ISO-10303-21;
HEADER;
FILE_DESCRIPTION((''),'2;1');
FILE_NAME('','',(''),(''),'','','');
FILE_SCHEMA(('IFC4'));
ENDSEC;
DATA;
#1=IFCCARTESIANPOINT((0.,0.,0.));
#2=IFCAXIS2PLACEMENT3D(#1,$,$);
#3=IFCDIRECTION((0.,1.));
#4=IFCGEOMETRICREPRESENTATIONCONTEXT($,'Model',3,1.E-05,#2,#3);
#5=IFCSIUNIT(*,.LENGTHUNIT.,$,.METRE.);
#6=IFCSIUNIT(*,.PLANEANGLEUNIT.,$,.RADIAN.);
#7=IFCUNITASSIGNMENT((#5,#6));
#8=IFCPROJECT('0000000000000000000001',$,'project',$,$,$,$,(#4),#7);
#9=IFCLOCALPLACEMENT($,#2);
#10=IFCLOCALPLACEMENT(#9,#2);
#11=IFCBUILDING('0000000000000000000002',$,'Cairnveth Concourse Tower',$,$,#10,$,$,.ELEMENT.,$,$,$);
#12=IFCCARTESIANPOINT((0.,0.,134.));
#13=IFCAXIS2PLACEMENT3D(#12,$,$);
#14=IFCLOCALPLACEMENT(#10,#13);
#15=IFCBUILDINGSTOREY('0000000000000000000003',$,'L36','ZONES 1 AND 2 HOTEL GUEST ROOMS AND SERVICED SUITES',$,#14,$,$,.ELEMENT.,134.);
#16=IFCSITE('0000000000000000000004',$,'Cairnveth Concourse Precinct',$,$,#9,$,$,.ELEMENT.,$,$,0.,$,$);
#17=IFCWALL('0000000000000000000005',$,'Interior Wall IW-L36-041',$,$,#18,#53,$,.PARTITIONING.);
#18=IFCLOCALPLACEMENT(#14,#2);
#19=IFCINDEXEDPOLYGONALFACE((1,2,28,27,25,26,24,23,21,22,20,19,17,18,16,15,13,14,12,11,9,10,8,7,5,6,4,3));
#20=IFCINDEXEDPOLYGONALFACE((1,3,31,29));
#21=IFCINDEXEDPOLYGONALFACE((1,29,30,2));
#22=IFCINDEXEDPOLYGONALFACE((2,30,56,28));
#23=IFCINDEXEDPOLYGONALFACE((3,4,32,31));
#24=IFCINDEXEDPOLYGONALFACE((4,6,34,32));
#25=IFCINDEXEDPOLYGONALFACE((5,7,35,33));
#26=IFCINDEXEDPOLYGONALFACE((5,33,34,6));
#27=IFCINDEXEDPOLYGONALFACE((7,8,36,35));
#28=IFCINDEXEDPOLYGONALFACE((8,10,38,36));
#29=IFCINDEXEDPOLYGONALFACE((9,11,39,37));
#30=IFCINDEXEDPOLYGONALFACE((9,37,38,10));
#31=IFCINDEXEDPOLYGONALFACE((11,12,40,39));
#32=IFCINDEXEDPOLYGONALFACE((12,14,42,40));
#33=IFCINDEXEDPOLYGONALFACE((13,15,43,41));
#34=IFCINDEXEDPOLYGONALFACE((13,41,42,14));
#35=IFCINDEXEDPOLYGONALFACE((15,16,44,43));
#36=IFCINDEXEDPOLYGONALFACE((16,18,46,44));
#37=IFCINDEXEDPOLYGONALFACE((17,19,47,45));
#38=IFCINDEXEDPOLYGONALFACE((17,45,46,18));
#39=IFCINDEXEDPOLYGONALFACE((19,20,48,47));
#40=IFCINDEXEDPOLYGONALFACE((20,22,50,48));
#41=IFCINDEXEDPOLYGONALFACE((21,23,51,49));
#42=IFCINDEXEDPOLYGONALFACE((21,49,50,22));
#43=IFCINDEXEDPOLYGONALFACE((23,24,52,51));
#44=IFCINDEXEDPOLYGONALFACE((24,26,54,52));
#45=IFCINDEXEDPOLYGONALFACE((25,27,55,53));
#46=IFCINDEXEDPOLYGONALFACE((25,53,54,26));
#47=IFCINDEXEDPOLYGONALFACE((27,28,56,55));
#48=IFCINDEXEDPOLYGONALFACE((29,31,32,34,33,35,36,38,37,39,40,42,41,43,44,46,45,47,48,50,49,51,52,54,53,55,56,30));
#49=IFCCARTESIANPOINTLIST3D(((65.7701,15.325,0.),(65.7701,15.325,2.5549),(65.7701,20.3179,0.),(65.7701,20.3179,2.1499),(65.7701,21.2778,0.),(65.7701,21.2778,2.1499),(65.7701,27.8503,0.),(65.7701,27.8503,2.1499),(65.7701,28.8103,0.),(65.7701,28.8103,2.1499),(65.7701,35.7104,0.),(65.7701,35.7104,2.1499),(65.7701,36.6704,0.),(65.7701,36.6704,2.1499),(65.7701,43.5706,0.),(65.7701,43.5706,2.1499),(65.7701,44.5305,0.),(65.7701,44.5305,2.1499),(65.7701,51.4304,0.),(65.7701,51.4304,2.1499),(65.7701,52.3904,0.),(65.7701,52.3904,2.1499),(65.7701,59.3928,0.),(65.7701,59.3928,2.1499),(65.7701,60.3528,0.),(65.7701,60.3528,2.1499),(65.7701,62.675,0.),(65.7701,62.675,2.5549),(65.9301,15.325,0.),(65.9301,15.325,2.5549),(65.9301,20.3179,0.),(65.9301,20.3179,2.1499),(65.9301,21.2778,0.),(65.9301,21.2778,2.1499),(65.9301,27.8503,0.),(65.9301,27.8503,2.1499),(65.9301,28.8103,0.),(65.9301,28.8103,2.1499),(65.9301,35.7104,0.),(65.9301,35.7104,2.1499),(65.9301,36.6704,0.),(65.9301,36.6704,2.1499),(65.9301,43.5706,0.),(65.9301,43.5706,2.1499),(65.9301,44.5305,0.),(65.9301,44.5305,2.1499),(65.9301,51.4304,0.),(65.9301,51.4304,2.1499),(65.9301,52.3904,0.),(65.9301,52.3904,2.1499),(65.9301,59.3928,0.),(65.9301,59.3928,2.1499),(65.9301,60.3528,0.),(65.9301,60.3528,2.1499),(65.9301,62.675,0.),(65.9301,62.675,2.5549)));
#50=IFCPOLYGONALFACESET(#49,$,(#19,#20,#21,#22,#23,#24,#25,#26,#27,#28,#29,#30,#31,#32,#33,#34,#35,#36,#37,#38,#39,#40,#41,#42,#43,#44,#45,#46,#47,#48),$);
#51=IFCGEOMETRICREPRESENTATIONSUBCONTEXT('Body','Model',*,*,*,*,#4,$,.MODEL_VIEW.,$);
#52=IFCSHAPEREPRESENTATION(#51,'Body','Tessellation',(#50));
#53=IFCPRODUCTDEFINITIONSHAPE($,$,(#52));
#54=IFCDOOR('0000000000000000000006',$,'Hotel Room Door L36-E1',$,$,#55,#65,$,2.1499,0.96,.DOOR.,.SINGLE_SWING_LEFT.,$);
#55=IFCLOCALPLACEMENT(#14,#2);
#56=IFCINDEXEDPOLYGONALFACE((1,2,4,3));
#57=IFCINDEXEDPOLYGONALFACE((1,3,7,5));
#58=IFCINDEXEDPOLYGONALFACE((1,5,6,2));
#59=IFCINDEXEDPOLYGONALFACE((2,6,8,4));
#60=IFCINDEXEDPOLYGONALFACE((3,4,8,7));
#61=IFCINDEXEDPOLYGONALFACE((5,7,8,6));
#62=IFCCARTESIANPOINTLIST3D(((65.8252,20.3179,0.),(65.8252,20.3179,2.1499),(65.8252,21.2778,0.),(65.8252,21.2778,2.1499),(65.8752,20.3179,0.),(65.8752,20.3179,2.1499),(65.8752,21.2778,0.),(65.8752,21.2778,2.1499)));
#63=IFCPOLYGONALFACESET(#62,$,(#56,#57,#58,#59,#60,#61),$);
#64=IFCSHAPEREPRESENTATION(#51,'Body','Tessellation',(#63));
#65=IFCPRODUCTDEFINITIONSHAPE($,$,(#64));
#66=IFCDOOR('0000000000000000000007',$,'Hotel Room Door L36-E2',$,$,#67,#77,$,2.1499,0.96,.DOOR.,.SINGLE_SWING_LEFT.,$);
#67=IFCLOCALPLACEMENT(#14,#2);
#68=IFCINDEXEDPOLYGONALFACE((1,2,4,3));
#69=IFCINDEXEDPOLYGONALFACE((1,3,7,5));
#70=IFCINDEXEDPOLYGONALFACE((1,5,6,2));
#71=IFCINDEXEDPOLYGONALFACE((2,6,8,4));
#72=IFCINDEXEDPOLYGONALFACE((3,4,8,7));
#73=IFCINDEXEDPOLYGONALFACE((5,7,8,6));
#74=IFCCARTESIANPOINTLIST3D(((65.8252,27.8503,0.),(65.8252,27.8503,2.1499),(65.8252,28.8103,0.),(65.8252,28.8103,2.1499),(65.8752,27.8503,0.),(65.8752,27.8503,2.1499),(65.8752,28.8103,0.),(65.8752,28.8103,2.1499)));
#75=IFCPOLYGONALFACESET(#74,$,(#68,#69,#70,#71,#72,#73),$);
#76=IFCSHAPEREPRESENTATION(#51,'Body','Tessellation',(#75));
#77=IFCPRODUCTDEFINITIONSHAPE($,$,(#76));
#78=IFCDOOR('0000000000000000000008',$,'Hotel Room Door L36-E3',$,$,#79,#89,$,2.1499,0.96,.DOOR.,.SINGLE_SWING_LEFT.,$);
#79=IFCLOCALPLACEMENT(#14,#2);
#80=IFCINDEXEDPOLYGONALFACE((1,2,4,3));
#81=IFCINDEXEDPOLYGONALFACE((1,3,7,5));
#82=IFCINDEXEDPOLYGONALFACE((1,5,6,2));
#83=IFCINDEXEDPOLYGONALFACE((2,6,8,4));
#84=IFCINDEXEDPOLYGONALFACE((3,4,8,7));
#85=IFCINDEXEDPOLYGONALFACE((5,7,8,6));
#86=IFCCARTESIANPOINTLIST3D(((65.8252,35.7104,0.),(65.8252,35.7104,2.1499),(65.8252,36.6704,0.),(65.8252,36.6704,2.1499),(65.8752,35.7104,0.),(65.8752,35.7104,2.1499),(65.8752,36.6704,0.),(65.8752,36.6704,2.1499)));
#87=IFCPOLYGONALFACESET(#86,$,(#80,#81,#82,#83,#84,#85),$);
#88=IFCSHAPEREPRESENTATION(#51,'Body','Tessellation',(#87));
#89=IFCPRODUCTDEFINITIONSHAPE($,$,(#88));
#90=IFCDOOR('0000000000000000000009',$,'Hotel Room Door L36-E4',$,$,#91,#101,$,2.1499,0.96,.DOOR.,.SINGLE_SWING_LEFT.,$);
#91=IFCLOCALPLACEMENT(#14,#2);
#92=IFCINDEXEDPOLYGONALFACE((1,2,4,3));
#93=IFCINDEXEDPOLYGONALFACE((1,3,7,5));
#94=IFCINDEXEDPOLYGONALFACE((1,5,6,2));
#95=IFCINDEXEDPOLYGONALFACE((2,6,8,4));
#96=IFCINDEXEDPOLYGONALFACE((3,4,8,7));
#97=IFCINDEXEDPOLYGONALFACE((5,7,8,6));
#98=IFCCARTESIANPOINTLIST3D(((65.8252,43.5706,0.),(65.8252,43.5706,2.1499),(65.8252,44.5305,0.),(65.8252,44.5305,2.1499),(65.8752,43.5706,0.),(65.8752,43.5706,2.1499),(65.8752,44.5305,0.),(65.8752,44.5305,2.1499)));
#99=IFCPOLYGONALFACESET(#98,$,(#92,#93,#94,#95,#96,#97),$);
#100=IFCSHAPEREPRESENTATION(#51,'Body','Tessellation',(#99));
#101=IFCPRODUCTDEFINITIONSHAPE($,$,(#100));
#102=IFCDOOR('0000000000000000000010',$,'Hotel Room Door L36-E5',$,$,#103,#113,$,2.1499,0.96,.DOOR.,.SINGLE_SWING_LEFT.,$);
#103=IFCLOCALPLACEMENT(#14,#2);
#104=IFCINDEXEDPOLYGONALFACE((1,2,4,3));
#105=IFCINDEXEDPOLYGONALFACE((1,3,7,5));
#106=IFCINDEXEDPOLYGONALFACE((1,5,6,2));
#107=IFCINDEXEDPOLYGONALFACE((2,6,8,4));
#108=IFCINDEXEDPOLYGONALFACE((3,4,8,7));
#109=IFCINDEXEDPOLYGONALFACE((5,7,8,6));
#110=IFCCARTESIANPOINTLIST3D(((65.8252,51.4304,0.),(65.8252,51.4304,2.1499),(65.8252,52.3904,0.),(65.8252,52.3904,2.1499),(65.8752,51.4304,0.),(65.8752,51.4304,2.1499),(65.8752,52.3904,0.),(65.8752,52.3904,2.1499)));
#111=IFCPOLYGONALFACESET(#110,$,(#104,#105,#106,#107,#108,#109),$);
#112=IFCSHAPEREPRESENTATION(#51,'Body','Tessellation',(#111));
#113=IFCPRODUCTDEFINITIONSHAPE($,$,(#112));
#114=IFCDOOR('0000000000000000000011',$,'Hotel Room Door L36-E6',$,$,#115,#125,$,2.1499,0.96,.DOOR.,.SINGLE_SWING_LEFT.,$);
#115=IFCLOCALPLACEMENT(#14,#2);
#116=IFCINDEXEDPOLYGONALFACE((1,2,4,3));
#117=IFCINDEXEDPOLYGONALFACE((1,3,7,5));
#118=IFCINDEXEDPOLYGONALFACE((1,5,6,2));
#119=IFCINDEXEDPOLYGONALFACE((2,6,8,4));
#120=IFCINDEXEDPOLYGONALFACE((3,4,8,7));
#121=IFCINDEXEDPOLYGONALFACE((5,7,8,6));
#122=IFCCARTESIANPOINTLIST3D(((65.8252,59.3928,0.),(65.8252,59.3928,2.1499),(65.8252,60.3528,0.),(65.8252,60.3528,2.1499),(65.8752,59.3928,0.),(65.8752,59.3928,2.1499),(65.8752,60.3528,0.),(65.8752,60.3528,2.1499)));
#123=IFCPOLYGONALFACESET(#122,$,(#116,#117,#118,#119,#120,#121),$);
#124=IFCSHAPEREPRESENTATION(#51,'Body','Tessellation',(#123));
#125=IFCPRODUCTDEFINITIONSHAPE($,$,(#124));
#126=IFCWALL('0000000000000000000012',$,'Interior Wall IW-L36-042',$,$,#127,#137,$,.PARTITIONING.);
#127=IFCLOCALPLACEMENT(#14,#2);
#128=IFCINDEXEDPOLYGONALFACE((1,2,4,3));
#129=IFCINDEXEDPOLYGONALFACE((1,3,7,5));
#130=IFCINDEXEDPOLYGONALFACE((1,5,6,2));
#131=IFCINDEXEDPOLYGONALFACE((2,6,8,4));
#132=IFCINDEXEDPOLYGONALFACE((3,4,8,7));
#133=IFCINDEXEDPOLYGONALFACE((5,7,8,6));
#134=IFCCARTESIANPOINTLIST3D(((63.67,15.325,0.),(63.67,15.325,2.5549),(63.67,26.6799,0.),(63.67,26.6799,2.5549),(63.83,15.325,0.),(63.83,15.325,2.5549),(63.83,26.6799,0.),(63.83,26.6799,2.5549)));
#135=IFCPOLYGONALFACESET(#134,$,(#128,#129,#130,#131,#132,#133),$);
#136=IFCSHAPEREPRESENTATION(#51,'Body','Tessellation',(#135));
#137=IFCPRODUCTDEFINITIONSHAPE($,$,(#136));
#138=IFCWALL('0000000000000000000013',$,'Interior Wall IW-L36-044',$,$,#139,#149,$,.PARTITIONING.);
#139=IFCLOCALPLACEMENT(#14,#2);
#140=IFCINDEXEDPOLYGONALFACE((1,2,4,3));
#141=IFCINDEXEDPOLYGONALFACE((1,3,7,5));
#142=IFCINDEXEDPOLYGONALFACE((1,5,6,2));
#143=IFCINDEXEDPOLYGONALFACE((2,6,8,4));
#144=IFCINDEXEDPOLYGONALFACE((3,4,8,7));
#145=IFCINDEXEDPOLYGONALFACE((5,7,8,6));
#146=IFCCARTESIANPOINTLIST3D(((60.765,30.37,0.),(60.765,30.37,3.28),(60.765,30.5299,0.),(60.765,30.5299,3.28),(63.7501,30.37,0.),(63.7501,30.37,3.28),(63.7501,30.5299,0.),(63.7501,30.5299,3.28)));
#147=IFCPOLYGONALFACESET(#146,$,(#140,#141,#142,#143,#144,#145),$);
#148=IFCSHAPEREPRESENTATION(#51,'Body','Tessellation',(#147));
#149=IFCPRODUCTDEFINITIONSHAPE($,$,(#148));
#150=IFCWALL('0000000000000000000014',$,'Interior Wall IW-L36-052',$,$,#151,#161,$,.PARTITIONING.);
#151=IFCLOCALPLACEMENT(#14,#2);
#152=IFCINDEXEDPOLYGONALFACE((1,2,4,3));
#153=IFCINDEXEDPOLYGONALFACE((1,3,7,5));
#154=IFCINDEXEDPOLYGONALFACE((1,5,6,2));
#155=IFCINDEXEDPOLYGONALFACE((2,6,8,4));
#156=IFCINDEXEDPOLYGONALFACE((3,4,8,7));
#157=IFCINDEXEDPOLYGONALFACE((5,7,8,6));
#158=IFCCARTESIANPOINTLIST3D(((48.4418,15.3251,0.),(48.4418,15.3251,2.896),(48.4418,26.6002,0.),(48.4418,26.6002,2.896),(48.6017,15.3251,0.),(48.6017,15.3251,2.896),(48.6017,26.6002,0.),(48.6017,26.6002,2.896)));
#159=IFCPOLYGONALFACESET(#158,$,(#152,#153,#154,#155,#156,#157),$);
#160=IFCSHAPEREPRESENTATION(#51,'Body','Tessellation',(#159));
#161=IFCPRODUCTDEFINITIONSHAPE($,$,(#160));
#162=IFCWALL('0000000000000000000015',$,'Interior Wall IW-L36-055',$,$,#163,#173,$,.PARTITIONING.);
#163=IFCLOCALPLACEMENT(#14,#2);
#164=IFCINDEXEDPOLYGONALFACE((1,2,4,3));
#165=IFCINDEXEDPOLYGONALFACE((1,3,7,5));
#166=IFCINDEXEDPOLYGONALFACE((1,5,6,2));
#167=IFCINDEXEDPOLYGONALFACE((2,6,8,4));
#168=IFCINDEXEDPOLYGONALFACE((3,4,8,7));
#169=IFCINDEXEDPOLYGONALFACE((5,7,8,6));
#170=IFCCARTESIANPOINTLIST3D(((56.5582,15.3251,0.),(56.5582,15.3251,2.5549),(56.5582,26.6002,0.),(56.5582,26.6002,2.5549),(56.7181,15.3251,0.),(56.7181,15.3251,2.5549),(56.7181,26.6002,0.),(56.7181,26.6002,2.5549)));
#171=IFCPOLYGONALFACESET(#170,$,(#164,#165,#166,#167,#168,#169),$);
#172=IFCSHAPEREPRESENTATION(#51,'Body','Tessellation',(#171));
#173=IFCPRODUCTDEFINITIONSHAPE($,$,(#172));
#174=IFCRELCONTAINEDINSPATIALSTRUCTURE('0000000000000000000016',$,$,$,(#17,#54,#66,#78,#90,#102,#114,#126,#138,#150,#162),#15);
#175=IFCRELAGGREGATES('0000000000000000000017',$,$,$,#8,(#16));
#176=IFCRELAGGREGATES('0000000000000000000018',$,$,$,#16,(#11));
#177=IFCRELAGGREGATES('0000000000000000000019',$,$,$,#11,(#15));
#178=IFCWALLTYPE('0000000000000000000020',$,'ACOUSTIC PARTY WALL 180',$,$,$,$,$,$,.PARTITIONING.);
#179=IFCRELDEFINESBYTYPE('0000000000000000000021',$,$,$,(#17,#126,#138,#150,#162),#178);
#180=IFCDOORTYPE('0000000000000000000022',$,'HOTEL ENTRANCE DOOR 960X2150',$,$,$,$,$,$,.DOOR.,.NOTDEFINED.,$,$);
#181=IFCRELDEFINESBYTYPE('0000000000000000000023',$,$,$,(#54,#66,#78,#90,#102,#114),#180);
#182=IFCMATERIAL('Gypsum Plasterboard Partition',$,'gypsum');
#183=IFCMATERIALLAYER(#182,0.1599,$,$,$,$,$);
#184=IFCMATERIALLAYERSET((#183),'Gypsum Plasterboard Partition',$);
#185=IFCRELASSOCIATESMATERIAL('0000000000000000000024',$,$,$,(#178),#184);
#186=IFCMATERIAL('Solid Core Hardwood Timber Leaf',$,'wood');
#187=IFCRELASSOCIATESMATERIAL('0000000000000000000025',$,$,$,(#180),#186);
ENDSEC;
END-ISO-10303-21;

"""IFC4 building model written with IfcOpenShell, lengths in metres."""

from ifc_helpers import new_model, si_unit, direction, frame, frame_2d, origin, place, context, subcontext, project, spatial, rectangle, extrude, material, layer, layer_set, type_object, element, fill, save


model = new_model("IFC4")

# Units and contexts
model_context = context("Model", 3, precision=1e-05, world=origin(), true_north=direction((0.0, 1.0)))
body_context = subcontext(model_context, "Body", "Model", "MODEL_VIEW")
ifc_project = project(units=[si_unit("LENGTHUNIT", "METRE"), si_unit("PLANEANGLEUNIT", "RADIAN")], contexts=[model_context])

# Site, building, storey
site_placement = place(None, origin())
site = spatial("IfcSite", under=ifc_project, at=site_placement, Name="Cairnveth Concourse Precinct", CompositionType="ELEMENT", RefElevation=0.0)
building_placement = place(site_placement, origin())
building = spatial("IfcBuilding", under=site, at=building_placement, Name="Cairnveth Concourse Tower", CompositionType="ELEMENT")
storey_placement = place(building_placement, frame((0.0, 0.0, 134.0)))
storey = spatial("IfcBuildingStorey", under=building, at=storey_placement, Name="L36", Description="ZONES 1 AND 2 HOTEL GUEST ROOMS AND SERVICED SUITES", CompositionType="ELEMENT", Elevation=134.0)

# Wall, openings, doors
ifc_material_1 = material(Name="Gypsum Plasterboard Partition", Category="gypsum")
ifc_layer_1 = layer(ifc_material_1, 0.1599)
ifc_layer_set_1 = layer_set([ifc_layer_1], Name="Gypsum Plasterboard Partition")
wall_type_1 = type_object("IfcWallType", Name="ACOUSTIC PARTY WALL 180", PredefinedType="PARTITIONING", material=ifc_layer_set_1)
wall_1_placement = place(storey_placement, frame((65.8501, 15.325, 0.0), z_axis=(0.0, 0.0, 1.0), x_axis=(0.0, 1.0, 0.0)))
wall_1 = element("IfcWall", 1, at=wall_1_placement, inside=storey, type_object=wall_type_1, Name="Interior Wall IW-L36-041", PredefinedType="PARTITIONING", context=body_context, shape_type="SweptSolid", body=[
    extrude(rectangle(XDim=47.3501, YDim=0.1599, at=frame_2d((23.675, 0.0))), origin(), (0.0, 0.0, 1.0), 2.5549),
])
opening_1_placement = place(wall_1_placement, frame((4.9929, 0.0, 0.0)))
opening_1 = element("IfcOpeningElement", 2, at=opening_1_placement, cuts=wall_1, PredefinedType="OPENING", context=body_context, shape_type="SweptSolid", body=[
    extrude(rectangle(XDim=0.96, YDim=2.1499, at=frame_2d((0.48, 1.075))), frame((0.0, 0.0898, 0.0), z_axis=(0.0, -1.0, 0.0), x_axis=(1.0, 0.0, 0.0)), (0.0, 0.0, 1.0), 0.1799),
])
opening_2_placement = place(wall_1_placement, frame((12.5254, 0.0, 0.0)))
opening_2 = element("IfcOpeningElement", 3, at=opening_2_placement, cuts=wall_1, PredefinedType="OPENING", context=body_context, shape_type="SweptSolid", body=[
    extrude(rectangle(XDim=0.96, YDim=2.1499, at=frame_2d((0.48, 1.075))), frame((0.0, 0.0898, 0.0), z_axis=(0.0, -1.0, 0.0), x_axis=(1.0, 0.0, 0.0)), (0.0, 0.0, 1.0), 0.1799),
])
opening_3_placement = place(wall_1_placement, frame((20.3855, 0.0, 0.0)))
opening_3 = element("IfcOpeningElement", 4, at=opening_3_placement, cuts=wall_1, PredefinedType="OPENING", context=body_context, shape_type="SweptSolid", body=[
    extrude(rectangle(XDim=0.96, YDim=2.1499, at=frame_2d((0.48, 1.075))), frame((0.0, 0.0898, 0.0), z_axis=(0.0, -1.0, 0.0), x_axis=(1.0, 0.0, 0.0)), (0.0, 0.0, 1.0), 0.1799),
])
opening_4_placement = place(wall_1_placement, frame((28.2456, 0.0, 0.0)))
opening_4 = element("IfcOpeningElement", 5, at=opening_4_placement, cuts=wall_1, PredefinedType="OPENING", context=body_context, shape_type="SweptSolid", body=[
    extrude(rectangle(XDim=0.96, YDim=2.1499, at=frame_2d((0.48, 1.075))), frame((0.0, 0.0898, 0.0), z_axis=(0.0, -1.0, 0.0), x_axis=(1.0, 0.0, 0.0)), (0.0, 0.0, 1.0), 0.1799),
])
opening_5_placement = place(wall_1_placement, frame((36.1055, 0.0, 0.0)))
opening_5 = element("IfcOpeningElement", 6, at=opening_5_placement, cuts=wall_1, PredefinedType="OPENING", context=body_context, shape_type="SweptSolid", body=[
    extrude(rectangle(XDim=0.96, YDim=2.1499, at=frame_2d((0.48, 1.075))), frame((0.0, 0.0898, 0.0), z_axis=(0.0, -1.0, 0.0), x_axis=(1.0, 0.0, 0.0)), (0.0, 0.0, 1.0), 0.1799),
])
opening_6_placement = place(wall_1_placement, frame((44.0679, 0.0, 0.0)))
opening_6 = element("IfcOpeningElement", 7, at=opening_6_placement, cuts=wall_1, PredefinedType="OPENING", context=body_context, shape_type="SweptSolid", body=[
    extrude(rectangle(XDim=0.96, YDim=2.1499, at=frame_2d((0.48, 1.075))), frame((0.0, 0.0898, 0.0), z_axis=(0.0, -1.0, 0.0), x_axis=(1.0, 0.0, 0.0)), (0.0, 0.0, 1.0), 0.1799),
])
ifc_material_2 = material(Name="Solid Core Hardwood Timber Leaf", Category="wood")
door_type_1 = type_object("IfcDoorType", Name="HOTEL ENTRANCE DOOR 960X2150", OperationType="NOTDEFINED", PredefinedType="DOOR", material=ifc_material_2)
door_1_placement = place(opening_1_placement, origin())
door_1 = element("IfcDoor", 8, at=door_1_placement, inside=storey, type_object=door_type_1, Name="Hotel Room Door L36-E1", OperationType="SINGLE_SWING_LEFT", OverallHeight=2.1499, OverallWidth=0.96, PredefinedType="DOOR", context=body_context, shape_type="SweptSolid", body=[
    extrude(rectangle(XDim=0.96, YDim=2.1499, at=frame_2d((0.48, 1.075))), frame((0.0, 0.0249, 0.0), z_axis=(0.0, -1.0, 0.0), x_axis=(1.0, 0.0, 0.0)), (0.0, 0.0, 1.0), 0.05),
])
fill(opening_1, door_1)
door_2_placement = place(opening_2_placement, origin())
door_2 = element("IfcDoor", 9, at=door_2_placement, inside=storey, type_object=door_type_1, Name="Hotel Room Door L36-E2", OperationType="SINGLE_SWING_LEFT", OverallHeight=2.1499, OverallWidth=0.96, PredefinedType="DOOR", context=body_context, shape_type="SweptSolid", body=[
    extrude(rectangle(XDim=0.96, YDim=2.1499, at=frame_2d((0.48, 1.075))), frame((0.0, 0.0249, 0.0), z_axis=(0.0, -1.0, 0.0), x_axis=(1.0, 0.0, 0.0)), (0.0, 0.0, 1.0), 0.05),
])
fill(opening_2, door_2)
door_3_placement = place(opening_3_placement, origin())
door_3 = element("IfcDoor", 10, at=door_3_placement, inside=storey, type_object=door_type_1, Name="Hotel Room Door L36-E3", OperationType="SINGLE_SWING_LEFT", OverallHeight=2.1499, OverallWidth=0.96, PredefinedType="DOOR", context=body_context, shape_type="SweptSolid", body=[
    extrude(rectangle(XDim=0.96, YDim=2.1499, at=frame_2d((0.48, 1.075))), frame((0.0, 0.0249, 0.0), z_axis=(0.0, -1.0, 0.0), x_axis=(1.0, 0.0, 0.0)), (0.0, 0.0, 1.0), 0.05),
])
fill(opening_3, door_3)
door_4_placement = place(opening_4_placement, origin())
door_4 = element("IfcDoor", 11, at=door_4_placement, inside=storey, type_object=door_type_1, Name="Hotel Room Door L36-E4", OperationType="SINGLE_SWING_LEFT", OverallHeight=2.1499, OverallWidth=0.96, PredefinedType="DOOR", context=body_context, shape_type="SweptSolid", body=[
    extrude(rectangle(XDim=0.96, YDim=2.1499, at=frame_2d((0.48, 1.075))), frame((0.0, 0.0249, 0.0), z_axis=(0.0, -1.0, 0.0), x_axis=(1.0, 0.0, 0.0)), (0.0, 0.0, 1.0), 0.05),
])
fill(opening_4, door_4)
door_5_placement = place(opening_5_placement, origin())
door_5 = element("IfcDoor", 12, at=door_5_placement, inside=storey, type_object=door_type_1, Name="Hotel Room Door L36-E5", OperationType="SINGLE_SWING_LEFT", OverallHeight=2.1499, OverallWidth=0.96, PredefinedType="DOOR", context=body_context, shape_type="SweptSolid", body=[
    extrude(rectangle(XDim=0.96, YDim=2.1499, at=frame_2d((0.48, 1.075))), frame((0.0, 0.0249, 0.0), z_axis=(0.0, -1.0, 0.0), x_axis=(1.0, 0.0, 0.0)), (0.0, 0.0, 1.0), 0.05),
])
fill(opening_5, door_5)
door_6_placement = place(opening_6_placement, origin())
door_6 = element("IfcDoor", 13, at=door_6_placement, inside=storey, type_object=door_type_1, Name="Hotel Room Door L36-E6", OperationType="SINGLE_SWING_LEFT", OverallHeight=2.1499, OverallWidth=0.96, PredefinedType="DOOR", context=body_context, shape_type="SweptSolid", body=[
    extrude(rectangle(XDim=0.96, YDim=2.1499, at=frame_2d((0.48, 1.075))), frame((0.0, 0.0249, 0.0), z_axis=(0.0, -1.0, 0.0), x_axis=(1.0, 0.0, 0.0)), (0.0, 0.0, 1.0), 0.05),
])
fill(opening_6, door_6)

# Walls
wall_2_placement = place(storey_placement, frame((63.75, 15.325, 0.0), z_axis=(0.0, 0.0, 1.0), x_axis=(0.0, 1.0, 0.0)))
element("IfcWall", 14, at=wall_2_placement, inside=storey, type_object=wall_type_1, Name="Interior Wall IW-L36-042", PredefinedType="PARTITIONING", context=body_context, shape_type="SweptSolid", body=[
    extrude(rectangle(XDim=11.355, YDim=0.1599, at=frame_2d((5.6775, 0.0))), origin(), (0.0, 0.0, 1.0), 2.5549),
])
wall_3_placement = place(storey_placement, frame((60.7649, 30.45, 0.0), z_axis=(0.0, 0.0, 1.0), x_axis=(1.0, 0.0, 0.0)))
element("IfcWall", 15, at=wall_3_placement, inside=storey, type_object=wall_type_1, Name="Interior Wall IW-L36-044", PredefinedType="PARTITIONING", context=body_context, shape_type="SweptSolid", body=[
    extrude(rectangle(XDim=2.9851, YDim=0.1599, at=frame_2d((1.4927, 0.0))), origin(), (0.0, 0.0, 1.0), 3.28),
])
wall_4_placement = place(storey_placement, frame((48.5217, 15.325, 0.0), z_axis=(0.0, 0.0, 1.0), x_axis=(0.0, 1.0, 0.0)))
element("IfcWall", 16, at=wall_4_placement, inside=storey, type_object=wall_type_1, Name="Interior Wall IW-L36-052", PredefinedType="PARTITIONING", context=body_context, shape_type="SweptSolid", body=[
    extrude(rectangle(XDim=11.2751, YDim=0.1599, at=frame_2d((5.6377, 0.0))), origin(), (0.0, 0.0, 1.0), 2.896),
])
wall_5_placement = place(storey_placement, frame((56.6382, 15.325, 0.0), z_axis=(0.0, 0.0, 1.0), x_axis=(0.0, 1.0, 0.0)))
element("IfcWall", 17, at=wall_5_placement, inside=storey, type_object=wall_type_1, Name="Interior Wall IW-L36-055", PredefinedType="PARTITIONING", context=body_context, shape_type="SweptSolid", body=[
    extrude(rectangle(XDim=11.2751, YDim=0.1599, at=frame_2d((5.6377, 0.0))), origin(), (0.0, 0.0, 1.0), 2.5549),
])

save(model, "model.ifc")
